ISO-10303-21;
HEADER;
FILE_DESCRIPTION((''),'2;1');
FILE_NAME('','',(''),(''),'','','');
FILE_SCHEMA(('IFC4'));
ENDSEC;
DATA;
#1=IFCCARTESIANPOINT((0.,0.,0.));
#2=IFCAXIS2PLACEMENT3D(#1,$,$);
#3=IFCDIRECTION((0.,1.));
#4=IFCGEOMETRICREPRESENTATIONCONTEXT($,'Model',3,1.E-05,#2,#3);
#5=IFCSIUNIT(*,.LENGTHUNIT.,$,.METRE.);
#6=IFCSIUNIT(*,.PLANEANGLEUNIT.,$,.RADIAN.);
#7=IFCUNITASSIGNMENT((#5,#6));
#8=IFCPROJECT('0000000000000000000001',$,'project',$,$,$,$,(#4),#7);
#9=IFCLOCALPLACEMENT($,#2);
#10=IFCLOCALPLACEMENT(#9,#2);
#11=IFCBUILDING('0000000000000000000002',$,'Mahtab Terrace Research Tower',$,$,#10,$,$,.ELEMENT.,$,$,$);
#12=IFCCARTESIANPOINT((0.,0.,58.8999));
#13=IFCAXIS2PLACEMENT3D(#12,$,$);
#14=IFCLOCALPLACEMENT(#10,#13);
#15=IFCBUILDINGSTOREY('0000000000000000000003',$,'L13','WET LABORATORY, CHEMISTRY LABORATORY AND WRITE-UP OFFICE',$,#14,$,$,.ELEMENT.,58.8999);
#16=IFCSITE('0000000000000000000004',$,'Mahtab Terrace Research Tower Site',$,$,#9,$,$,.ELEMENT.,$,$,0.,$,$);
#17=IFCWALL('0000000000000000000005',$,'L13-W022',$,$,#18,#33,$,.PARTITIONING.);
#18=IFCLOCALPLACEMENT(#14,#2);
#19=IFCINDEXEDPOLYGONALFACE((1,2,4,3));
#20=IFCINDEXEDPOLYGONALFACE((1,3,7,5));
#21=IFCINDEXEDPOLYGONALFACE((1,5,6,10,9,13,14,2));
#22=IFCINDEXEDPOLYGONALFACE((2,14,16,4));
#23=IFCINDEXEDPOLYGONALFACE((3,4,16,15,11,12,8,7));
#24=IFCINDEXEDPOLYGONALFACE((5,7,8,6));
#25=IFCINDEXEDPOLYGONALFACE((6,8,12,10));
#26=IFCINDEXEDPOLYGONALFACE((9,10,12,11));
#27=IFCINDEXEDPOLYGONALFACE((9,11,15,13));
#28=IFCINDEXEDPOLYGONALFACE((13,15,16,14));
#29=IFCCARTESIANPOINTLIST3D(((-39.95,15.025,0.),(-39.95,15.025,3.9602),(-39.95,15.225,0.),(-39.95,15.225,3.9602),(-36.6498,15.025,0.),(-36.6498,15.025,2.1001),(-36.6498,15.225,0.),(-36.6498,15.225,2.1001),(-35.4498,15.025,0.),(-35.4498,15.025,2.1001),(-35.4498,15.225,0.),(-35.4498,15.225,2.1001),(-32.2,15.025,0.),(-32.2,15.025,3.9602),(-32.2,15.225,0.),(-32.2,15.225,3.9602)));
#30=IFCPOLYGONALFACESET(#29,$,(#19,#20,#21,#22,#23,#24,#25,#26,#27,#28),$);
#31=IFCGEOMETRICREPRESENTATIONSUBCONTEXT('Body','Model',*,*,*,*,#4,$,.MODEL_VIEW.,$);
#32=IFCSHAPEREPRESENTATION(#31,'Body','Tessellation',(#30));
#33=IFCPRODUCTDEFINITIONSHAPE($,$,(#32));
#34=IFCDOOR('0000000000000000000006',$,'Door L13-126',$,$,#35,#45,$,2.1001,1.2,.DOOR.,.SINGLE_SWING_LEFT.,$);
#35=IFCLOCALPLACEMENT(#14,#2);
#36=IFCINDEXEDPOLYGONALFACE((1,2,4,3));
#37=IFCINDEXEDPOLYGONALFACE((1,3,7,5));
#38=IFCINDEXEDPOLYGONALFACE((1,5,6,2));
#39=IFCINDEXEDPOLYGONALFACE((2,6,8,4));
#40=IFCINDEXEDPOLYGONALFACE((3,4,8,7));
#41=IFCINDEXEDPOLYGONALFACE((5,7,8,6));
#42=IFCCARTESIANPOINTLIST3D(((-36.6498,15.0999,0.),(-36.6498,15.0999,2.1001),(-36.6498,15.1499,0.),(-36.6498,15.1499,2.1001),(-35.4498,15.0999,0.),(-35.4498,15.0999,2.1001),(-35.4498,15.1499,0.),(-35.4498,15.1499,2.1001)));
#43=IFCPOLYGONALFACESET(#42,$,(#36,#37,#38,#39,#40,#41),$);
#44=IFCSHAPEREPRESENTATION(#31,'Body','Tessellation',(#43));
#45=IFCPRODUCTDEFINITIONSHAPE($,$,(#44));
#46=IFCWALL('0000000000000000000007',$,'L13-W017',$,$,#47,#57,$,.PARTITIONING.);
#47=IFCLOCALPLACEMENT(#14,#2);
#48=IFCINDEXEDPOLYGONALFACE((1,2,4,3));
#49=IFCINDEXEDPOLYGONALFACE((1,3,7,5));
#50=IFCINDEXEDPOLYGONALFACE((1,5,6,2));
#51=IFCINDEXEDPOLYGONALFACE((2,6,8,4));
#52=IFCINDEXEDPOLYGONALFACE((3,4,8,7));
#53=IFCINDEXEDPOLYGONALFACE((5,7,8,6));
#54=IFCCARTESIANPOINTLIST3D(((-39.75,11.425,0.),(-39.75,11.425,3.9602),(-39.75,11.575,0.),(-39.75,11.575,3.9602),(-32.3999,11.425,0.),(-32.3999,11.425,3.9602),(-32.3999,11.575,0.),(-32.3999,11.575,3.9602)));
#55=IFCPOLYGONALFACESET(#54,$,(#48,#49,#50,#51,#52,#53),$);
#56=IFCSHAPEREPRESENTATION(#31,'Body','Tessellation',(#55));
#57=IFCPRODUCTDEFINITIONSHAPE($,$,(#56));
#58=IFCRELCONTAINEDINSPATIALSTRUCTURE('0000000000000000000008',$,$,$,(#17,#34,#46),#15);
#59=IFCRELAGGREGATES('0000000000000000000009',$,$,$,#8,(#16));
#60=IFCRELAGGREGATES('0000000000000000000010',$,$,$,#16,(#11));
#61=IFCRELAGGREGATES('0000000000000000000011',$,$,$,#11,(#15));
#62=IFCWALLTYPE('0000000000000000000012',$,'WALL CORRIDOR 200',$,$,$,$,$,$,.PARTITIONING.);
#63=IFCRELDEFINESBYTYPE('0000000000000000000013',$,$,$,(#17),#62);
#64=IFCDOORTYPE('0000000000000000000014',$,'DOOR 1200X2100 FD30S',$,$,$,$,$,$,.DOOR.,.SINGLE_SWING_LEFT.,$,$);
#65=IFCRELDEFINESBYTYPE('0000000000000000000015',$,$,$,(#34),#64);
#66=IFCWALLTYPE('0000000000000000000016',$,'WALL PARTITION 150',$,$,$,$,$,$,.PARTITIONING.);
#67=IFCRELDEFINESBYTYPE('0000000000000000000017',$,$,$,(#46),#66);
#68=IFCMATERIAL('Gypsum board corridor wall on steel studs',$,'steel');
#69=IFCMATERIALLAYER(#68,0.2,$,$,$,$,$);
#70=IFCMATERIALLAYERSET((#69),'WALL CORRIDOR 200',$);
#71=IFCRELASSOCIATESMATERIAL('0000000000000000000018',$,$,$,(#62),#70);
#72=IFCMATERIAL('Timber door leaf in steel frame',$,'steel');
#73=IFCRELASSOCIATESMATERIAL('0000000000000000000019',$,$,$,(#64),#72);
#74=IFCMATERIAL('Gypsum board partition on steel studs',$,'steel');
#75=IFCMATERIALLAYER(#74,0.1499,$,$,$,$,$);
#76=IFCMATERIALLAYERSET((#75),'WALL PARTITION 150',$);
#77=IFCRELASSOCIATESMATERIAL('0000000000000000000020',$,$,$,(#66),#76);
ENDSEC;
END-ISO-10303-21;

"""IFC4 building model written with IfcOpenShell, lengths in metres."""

from ifc_helpers import new_model, si_unit, direction, frame, frame_2d, origin, place, context, subcontext, project, spatial, rectangle, extrude, material, layer, layer_set, type_object, element, fill, save


model = new_model("IFC4")

# Units and contexts
model_context = context("Model", 3, precision=1e-05, world=origin(), true_north=direction((0.0, 1.0)))
body_context = subcontext(model_context, "Body", "Model", "MODEL_VIEW")
ifc_project = project(units=[si_unit("LENGTHUNIT", "METRE"), si_unit("PLANEANGLEUNIT", "RADIAN")], contexts=[model_context])

# Site, building, storey
site_placement = place(None, origin())
site = spatial("IfcSite", under=ifc_project, at=site_placement, Name="Mahtab Terrace Research Tower Site", CompositionType="ELEMENT", RefElevation=0.0)
building_placement = place(site_placement, origin())
building = spatial("IfcBuilding", under=site, at=building_placement, Name="Mahtab Terrace Research Tower", CompositionType="ELEMENT")
storey_placement = place(building_placement, frame((0.0, 0.0, 58.8999)))
storey = spatial("IfcBuildingStorey", under=building, at=storey_placement, Name="L13", Description="WET LABORATORY, CHEMISTRY LABORATORY AND WRITE-UP OFFICE", CompositionType="ELEMENT", Elevation=58.8999)

# Wall, opening, door
ifc_material_1 = material(Name="Gypsum board corridor wall on steel studs", Category="steel")
ifc_layer_1 = layer(ifc_material_1, 0.2)
ifc_layer_set_1 = layer_set([ifc_layer_1], Name="WALL CORRIDOR 200")
wall_type_1 = type_object("IfcWallType", Name="WALL CORRIDOR 200", PredefinedType="PARTITIONING", material=ifc_layer_set_1)
wall_1_placement = place(storey_placement, frame((-39.95, 15.125, 0.0), z_axis=(0.0, 0.0, 1.0), x_axis=(1.0, 0.0, 0.0)))
wall_1 = element("IfcWall", 1, at=wall_1_placement, inside=storey, type_object=wall_type_1, Name="L13-W022", PredefinedType="PARTITIONING", context=body_context, shape_type="SweptSolid", body=[
    extrude(rectangle(XDim=7.75, YDim=0.2, at=frame_2d((3.875, 0.0))), origin(), (0.0, 0.0, 1.0), 3.9602),
])
opening_placement = place(wall_1_placement, frame((3.3, 0.0, 0.0)))
opening = element("IfcOpeningElement", 2, at=opening_placement, cuts=wall_1, PredefinedType="OPENING", context=body_context, shape_type="SweptSolid", body=[
    extrude(rectangle(XDim=1.2, YDim=2.1001, at=frame_2d((0.6001, 1.05))), frame((0.0, 0.1099, 0.0), z_axis=(0.0, -1.0, 0.0), x_axis=(1.0, 0.0, 0.0)), (0.0, 0.0, 1.0), 0.22),
])
ifc_material_2 = material(Name="Timber door leaf in steel frame", Category="steel")
door_type = type_object("IfcDoorType", Name="DOOR 1200X2100 FD30S", OperationType="SINGLE_SWING_LEFT", PredefinedType="DOOR", material=ifc_material_2)
door_placement = place(opening_placement, origin())
door = element("IfcDoor", 3, at=door_placement, inside=storey, type_object=door_type, Name="Door L13-126", OperationType="SINGLE_SWING_LEFT", OverallHeight=2.1001, OverallWidth=1.2, PredefinedType="DOOR", context=body_context, shape_type="SweptSolid", body=[
    extrude(rectangle(XDim=1.2, YDim=2.1001, at=frame_2d((0.6001, 1.05))), frame((0.0, 0.0249, 0.0), z_axis=(0.0, -1.0, 0.0), x_axis=(1.0, 0.0, 0.0)), (0.0, 0.0, 1.0), 0.05),
])
fill(opening, door)

# Wall
ifc_material_3 = material(Name="Gypsum board partition on steel studs", Category="steel")
ifc_layer_2 = layer(ifc_material_3, 0.1499)
ifc_layer_set_2 = layer_set([ifc_layer_2], Name="WALL PARTITION 150")
wall_type_2 = type_object("IfcWallType", Name="WALL PARTITION 150", PredefinedType="PARTITIONING", material=ifc_layer_set_2)
wall_2_placement = place(storey_placement, frame((-39.75, 11.5, 0.0), z_axis=(0.0, 0.0, 1.0), x_axis=(1.0, 0.0, 0.0)))
element("IfcWall", 4, at=wall_2_placement, inside=storey, type_object=wall_type_2, Name="L13-W017", PredefinedType="PARTITIONING", context=body_context, shape_type="SweptSolid", body=[
    extrude(rectangle(XDim=7.3501, YDim=0.1499, at=frame_2d((3.675, 0.0))), origin(), (0.0, 0.0, 1.0), 3.9602),
])

save(model, "model.ifc")
